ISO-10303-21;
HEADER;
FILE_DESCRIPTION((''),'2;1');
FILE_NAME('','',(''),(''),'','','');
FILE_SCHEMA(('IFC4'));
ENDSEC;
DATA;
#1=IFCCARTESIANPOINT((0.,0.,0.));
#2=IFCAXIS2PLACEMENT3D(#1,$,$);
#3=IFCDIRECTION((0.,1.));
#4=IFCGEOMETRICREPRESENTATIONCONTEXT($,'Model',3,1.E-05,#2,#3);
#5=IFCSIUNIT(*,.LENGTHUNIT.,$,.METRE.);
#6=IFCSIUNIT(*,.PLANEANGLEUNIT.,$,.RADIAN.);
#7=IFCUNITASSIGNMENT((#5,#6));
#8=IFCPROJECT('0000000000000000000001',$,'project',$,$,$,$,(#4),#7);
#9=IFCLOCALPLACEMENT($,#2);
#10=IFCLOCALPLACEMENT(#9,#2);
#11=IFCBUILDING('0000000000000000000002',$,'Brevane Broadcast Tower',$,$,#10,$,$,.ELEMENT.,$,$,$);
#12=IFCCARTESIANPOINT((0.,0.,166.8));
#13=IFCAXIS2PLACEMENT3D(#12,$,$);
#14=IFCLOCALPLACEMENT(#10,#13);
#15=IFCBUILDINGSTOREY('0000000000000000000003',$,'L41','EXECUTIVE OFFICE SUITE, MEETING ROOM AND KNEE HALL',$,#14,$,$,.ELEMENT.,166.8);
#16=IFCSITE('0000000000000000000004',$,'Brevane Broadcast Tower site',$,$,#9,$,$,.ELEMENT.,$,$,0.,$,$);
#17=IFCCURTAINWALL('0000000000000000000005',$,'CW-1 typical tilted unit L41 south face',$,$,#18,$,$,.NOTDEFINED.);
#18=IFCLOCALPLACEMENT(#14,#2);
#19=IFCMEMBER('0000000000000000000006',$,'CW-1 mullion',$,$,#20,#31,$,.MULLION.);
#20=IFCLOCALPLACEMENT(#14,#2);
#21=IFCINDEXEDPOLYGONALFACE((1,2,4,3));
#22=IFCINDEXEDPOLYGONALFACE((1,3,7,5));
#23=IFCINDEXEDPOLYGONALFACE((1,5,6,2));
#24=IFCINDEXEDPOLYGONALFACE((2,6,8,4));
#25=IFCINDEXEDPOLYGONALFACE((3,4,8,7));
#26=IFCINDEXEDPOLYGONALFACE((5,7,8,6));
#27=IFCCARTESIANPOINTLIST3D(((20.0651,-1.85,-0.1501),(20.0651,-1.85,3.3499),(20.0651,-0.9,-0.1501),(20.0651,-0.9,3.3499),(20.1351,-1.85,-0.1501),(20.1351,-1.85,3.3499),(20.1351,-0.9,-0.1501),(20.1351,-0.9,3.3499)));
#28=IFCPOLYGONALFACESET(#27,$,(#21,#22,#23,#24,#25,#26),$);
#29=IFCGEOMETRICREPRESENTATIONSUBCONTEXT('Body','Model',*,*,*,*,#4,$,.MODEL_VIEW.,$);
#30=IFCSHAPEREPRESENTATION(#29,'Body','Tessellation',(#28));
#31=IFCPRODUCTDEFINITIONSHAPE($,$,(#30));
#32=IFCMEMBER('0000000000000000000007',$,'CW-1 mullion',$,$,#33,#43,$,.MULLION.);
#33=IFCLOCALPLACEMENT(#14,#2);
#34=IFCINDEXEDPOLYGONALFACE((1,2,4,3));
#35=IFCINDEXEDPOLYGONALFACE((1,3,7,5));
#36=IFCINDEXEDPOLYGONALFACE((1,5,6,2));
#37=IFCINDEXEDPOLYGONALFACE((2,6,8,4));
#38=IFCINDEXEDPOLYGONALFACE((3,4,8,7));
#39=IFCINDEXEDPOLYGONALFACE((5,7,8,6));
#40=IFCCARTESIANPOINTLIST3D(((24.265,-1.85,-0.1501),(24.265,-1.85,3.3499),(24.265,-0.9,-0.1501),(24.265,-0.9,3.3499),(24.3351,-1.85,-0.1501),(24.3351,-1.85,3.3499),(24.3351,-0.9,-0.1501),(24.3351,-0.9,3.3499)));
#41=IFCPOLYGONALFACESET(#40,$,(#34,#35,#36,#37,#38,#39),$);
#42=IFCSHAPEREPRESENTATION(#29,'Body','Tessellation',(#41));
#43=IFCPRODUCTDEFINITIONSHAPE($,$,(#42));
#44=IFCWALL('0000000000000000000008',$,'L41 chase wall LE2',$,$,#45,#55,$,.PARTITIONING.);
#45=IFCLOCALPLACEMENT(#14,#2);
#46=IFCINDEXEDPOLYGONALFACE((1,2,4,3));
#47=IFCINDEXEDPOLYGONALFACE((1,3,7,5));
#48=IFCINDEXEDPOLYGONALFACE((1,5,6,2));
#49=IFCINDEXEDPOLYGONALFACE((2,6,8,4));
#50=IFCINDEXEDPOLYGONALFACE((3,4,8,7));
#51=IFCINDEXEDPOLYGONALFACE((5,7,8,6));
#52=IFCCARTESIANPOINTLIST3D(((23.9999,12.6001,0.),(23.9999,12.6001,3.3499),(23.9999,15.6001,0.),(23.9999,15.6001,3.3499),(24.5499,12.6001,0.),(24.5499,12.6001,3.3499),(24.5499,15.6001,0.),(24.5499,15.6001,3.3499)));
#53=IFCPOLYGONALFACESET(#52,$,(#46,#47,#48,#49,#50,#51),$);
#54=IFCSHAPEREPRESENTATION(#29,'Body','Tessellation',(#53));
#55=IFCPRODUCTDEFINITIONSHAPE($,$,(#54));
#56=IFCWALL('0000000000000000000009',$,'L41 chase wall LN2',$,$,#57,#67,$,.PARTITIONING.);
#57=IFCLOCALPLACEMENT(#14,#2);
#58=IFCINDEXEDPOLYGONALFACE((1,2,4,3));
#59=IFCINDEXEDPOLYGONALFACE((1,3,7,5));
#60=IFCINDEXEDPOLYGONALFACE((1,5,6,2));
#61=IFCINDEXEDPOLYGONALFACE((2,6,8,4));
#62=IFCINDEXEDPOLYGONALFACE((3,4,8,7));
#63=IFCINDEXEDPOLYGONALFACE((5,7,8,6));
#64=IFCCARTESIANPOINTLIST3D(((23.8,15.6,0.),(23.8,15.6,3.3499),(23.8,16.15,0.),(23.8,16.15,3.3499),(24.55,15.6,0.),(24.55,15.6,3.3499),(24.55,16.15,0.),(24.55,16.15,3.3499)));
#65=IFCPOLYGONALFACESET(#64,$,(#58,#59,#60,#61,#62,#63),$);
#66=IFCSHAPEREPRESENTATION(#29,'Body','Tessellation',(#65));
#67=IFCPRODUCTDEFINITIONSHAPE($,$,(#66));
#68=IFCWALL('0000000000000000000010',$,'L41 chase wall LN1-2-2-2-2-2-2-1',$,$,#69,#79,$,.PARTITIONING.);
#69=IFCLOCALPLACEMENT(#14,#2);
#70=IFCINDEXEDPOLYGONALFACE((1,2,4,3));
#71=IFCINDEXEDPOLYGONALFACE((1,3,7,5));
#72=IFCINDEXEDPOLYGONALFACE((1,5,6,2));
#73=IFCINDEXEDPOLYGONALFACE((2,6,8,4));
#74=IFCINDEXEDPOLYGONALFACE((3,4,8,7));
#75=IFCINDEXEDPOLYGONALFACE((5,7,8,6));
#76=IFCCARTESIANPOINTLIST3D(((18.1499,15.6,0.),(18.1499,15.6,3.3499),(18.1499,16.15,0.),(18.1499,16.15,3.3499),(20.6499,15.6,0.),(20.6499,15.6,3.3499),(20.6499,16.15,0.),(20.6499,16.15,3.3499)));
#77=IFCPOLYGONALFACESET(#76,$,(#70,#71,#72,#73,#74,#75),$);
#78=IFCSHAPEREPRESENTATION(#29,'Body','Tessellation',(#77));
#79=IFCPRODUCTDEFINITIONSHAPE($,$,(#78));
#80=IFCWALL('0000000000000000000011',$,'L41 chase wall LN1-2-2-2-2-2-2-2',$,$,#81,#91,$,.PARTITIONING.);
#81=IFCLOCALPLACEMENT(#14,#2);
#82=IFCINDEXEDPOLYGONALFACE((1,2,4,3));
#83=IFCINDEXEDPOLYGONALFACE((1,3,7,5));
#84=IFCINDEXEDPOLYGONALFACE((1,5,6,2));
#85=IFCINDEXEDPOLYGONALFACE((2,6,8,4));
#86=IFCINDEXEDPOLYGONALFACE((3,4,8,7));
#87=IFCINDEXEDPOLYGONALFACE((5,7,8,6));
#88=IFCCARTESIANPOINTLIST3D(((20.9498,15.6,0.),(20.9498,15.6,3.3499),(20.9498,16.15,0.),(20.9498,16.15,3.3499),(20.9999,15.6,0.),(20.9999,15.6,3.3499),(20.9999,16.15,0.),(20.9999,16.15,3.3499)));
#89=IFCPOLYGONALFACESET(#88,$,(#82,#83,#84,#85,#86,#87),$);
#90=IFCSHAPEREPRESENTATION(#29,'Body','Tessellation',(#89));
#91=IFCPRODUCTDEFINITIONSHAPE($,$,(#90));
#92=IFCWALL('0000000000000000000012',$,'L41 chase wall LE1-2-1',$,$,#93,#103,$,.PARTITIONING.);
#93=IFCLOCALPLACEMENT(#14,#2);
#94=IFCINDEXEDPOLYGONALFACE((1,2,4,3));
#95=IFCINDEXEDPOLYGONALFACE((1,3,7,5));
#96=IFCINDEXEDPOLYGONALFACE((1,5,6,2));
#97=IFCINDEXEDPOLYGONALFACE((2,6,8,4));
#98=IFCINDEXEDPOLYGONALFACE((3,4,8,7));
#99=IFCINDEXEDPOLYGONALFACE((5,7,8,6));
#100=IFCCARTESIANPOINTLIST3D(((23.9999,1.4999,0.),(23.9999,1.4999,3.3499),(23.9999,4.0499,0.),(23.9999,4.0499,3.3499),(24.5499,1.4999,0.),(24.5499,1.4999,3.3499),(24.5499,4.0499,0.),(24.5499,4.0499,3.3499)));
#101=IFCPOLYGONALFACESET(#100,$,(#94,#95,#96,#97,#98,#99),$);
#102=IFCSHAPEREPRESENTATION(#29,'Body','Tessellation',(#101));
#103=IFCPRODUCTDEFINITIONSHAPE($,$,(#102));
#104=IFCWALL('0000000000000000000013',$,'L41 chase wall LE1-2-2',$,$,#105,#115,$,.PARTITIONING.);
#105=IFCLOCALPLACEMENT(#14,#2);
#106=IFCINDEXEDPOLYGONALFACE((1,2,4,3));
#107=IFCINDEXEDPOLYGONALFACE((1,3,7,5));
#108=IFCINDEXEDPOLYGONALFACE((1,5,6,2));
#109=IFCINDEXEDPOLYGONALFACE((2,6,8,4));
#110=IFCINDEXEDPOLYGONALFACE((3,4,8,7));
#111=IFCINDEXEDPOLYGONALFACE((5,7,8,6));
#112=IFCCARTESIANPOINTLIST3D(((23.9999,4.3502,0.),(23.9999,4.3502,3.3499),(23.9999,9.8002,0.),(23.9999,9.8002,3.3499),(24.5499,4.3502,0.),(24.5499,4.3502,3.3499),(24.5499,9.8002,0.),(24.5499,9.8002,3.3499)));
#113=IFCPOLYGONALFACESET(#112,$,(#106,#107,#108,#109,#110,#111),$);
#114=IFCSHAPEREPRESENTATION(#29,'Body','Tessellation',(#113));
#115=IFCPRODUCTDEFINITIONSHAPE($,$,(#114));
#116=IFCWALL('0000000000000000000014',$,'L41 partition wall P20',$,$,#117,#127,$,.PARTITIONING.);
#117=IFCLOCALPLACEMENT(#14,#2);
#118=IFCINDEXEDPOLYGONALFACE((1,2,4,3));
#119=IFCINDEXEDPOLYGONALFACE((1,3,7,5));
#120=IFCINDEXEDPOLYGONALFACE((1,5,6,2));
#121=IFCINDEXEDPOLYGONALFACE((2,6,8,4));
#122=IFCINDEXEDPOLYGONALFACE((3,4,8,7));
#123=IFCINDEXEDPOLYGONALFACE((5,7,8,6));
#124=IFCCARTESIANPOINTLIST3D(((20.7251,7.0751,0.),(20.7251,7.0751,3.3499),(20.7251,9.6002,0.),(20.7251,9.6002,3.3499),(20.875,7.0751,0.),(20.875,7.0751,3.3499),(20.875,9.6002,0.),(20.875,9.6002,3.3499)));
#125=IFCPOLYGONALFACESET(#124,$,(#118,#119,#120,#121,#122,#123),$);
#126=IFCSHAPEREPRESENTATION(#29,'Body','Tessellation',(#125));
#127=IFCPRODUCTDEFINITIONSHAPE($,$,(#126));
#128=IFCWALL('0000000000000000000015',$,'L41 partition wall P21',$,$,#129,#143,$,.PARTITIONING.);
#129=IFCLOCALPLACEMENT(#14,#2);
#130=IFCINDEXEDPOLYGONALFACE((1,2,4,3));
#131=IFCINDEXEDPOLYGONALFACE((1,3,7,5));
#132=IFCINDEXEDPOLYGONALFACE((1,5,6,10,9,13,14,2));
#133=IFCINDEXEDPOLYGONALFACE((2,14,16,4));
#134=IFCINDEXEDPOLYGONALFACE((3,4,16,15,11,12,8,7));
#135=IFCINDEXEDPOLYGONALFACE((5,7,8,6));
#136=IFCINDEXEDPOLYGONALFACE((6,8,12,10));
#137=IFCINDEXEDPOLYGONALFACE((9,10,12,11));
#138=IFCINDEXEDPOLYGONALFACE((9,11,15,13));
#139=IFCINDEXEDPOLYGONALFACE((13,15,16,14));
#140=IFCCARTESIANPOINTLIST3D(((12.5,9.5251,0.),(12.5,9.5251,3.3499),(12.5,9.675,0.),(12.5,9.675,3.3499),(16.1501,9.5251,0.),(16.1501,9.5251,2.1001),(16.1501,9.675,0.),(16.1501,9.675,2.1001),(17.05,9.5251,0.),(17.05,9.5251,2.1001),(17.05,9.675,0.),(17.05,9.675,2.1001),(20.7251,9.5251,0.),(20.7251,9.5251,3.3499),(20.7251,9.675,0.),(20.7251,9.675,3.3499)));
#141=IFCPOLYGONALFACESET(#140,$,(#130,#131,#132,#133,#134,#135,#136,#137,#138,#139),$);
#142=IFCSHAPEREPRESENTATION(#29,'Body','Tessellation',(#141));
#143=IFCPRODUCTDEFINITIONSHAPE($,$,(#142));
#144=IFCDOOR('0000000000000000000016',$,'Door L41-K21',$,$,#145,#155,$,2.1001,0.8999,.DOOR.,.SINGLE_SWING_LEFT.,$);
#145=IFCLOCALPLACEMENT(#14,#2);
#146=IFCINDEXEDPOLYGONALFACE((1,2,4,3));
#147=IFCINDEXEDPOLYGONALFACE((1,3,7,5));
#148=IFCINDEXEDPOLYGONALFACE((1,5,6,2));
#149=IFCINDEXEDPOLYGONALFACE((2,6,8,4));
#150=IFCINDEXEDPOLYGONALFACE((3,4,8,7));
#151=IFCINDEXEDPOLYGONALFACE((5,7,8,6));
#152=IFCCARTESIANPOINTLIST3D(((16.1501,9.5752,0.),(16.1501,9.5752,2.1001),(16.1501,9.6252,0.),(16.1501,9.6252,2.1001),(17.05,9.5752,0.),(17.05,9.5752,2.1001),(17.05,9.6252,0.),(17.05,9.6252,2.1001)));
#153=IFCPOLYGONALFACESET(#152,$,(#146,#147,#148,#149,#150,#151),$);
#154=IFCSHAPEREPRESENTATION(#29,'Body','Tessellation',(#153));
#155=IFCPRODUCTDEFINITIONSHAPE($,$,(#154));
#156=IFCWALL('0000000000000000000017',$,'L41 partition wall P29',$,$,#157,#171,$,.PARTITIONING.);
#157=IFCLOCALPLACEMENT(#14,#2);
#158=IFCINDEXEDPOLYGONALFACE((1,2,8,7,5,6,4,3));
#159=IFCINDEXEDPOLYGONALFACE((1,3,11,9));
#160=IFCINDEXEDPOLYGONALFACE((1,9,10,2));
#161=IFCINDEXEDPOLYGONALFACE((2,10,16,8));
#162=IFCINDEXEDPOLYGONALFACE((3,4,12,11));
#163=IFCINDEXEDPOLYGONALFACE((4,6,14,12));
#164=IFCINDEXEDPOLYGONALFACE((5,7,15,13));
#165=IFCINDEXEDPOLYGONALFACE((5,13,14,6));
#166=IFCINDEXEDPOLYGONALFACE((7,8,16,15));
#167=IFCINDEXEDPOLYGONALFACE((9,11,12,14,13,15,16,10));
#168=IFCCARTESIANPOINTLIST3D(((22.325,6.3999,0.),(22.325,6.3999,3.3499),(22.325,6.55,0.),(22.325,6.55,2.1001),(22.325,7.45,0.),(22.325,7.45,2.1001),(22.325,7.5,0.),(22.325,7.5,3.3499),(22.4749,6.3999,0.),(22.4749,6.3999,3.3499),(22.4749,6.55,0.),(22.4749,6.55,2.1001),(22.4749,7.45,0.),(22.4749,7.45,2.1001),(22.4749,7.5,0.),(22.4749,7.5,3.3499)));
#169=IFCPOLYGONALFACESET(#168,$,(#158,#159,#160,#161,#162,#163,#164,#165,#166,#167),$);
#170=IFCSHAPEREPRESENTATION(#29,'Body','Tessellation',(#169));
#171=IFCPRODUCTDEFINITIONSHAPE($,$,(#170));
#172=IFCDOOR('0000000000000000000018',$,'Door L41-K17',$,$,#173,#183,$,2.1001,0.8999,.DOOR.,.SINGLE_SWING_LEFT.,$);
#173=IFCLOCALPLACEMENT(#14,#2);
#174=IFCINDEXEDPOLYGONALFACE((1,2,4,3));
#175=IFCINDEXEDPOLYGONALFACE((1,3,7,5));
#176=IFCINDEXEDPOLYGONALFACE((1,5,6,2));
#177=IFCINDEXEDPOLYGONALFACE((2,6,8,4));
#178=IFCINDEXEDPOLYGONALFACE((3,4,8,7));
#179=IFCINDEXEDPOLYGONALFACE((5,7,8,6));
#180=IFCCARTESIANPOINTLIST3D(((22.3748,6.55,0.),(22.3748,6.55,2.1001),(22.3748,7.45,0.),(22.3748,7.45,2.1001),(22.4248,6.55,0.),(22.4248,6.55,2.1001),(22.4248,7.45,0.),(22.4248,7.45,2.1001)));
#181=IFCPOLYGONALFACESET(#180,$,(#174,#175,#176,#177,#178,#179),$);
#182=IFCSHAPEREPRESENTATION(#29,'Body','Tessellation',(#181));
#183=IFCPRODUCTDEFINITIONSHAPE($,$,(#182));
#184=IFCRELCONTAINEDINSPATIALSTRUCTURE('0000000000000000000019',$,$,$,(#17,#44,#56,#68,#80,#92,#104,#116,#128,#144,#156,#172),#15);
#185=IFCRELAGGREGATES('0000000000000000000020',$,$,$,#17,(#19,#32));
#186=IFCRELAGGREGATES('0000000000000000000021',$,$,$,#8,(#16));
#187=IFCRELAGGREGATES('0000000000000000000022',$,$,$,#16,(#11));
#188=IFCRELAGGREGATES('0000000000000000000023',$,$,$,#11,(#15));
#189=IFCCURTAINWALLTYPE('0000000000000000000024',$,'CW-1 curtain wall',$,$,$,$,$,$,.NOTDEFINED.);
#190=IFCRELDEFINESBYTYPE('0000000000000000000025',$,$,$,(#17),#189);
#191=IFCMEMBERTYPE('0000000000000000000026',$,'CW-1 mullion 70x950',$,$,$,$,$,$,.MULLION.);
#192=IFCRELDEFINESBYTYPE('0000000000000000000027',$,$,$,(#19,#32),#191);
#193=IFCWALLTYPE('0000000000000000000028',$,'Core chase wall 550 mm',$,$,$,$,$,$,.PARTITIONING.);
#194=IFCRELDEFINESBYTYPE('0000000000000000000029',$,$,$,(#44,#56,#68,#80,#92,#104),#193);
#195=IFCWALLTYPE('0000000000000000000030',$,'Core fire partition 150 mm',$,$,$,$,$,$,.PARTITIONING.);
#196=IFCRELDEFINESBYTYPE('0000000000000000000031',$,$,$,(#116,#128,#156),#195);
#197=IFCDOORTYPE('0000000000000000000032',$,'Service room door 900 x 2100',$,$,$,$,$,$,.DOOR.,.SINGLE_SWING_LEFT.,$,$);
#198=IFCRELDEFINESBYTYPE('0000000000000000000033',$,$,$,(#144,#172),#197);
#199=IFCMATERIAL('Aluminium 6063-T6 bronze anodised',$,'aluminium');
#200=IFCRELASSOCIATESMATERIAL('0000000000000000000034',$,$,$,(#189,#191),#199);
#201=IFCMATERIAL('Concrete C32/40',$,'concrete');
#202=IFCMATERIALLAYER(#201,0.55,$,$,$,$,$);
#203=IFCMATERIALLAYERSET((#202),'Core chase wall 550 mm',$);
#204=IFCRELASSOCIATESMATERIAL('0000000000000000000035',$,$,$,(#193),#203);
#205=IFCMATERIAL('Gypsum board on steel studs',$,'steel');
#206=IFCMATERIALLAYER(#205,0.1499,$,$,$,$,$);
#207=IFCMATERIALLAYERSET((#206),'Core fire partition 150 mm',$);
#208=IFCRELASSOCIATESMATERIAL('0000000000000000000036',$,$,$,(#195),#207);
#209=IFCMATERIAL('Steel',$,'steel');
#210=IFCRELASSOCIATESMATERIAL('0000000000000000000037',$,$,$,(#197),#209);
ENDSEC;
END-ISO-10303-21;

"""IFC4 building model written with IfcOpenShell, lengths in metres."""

from ifc_helpers import new_model, si_unit, direction, frame, frame_2d, origin, origin_2d, place, context, subcontext, project, spatial, rectangle, extrude, material, layer, layer_set, material_profile, profile_set, type_object, element, fill, aggregate, save


model = new_model("IFC4")

# Units and contexts
model_context = context("Model", 3, precision=1e-05, world=origin(), true_north=direction((0.0, 1.0)))
body_context = subcontext(model_context, "Body", "Model", "MODEL_VIEW")
ifc_project = project(units=[si_unit("LENGTHUNIT", "METRE"), si_unit("PLANEANGLEUNIT", "RADIAN")], contexts=[model_context])

# Site, building, storey
site_placement = place(None, origin())
site = spatial("IfcSite", under=ifc_project, at=site_placement, Name="Brevane Broadcast Tower site", CompositionType="ELEMENT", RefElevation=0.0)
building_placement = place(site_placement, origin())
building = spatial("IfcBuilding", under=site, at=building_placement, Name="Brevane Broadcast Tower", CompositionType="ELEMENT")
storey_placement = place(building_placement, frame((0.0, 0.0, 166.8)))
storey = spatial("IfcBuildingStorey", under=building, at=storey_placement, Name="L41", Description="EXECUTIVE OFFICE SUITE, MEETING ROOM AND KNEE HALL", CompositionType="ELEMENT", Elevation=166.8)

# Curtain wall, members
ifc_material_1 = material(Name="Aluminium 6063-T6 bronze anodised", Category="aluminium")
curtain_wall_type = type_object("IfcCurtainWallType", Name="CW-1 curtain wall", PredefinedType="NOTDEFINED", material=ifc_material_1)
curtain_wall_placement = place(storey_placement, origin())
curtain_wall = element("IfcCurtainWall", 1, at=curtain_wall_placement, inside=storey, type_object=curtain_wall_type, Name="CW-1 typical tilted unit L41 south face", PredefinedType="NOTDEFINED")
ifc_material_profile = material_profile(ifc_material_1, rectangle(XDim=0.95, YDim=0.0701, at=origin_2d()), Name="RECT 70x950")
ifc_profile_set = profile_set([ifc_material_profile], Name="Aluminium 6063-T6 bronze anodised")
member_type = type_object("IfcMemberType", Name="CW-1 mullion 70x950", PredefinedType="MULLION", material=ifc_profile_set)
member_1_placement = place(storey_placement, frame((20.1001, -1.375, -0.1501), z_axis=(0.0, 0.0, 1.0), x_axis=(0.0, 1.0, 0.0)))
member_1 = element("IfcMember", 2, at=member_1_placement, type_object=member_type, Name="CW-1 mullion", PredefinedType="MULLION", context=body_context, shape_type="SweptSolid", body=[
    extrude(rectangle(XDim=0.95, YDim=0.0701, at=origin_2d()), origin(), (0.0, 0.0, 1.0), 3.5),
])
member_2_placement = place(storey_placement, frame((24.3, -1.375, -0.1501), z_axis=(0.0, 0.0, 1.0), x_axis=(0.0, 1.0, 0.0)))
member_2 = element("IfcMember", 3, at=member_2_placement, type_object=member_type, Name="CW-1 mullion", PredefinedType="MULLION", context=body_context, shape_type="SweptSolid", body=[
    extrude(rectangle(XDim=0.95, YDim=0.0701, at=origin_2d()), origin(), (0.0, 0.0, 1.0), 3.5),
])
aggregate(curtain_wall, [member_1, member_2])

# Walls
ifc_material_2 = material(Name="Concrete C32/40", Category="concrete")
ifc_layer_1 = layer(ifc_material_2, 0.55)
ifc_layer_set_1 = layer_set([ifc_layer_1], Name="Core chase wall 550 mm")
wall_type_1 = type_object("IfcWallType", Name="Core chase wall 550 mm", PredefinedType="PARTITIONING", material=ifc_layer_set_1)
wall_1_placement = place(storey_placement, frame((24.2749, 12.6001, 0.0), z_axis=(0.0, 0.0, 1.0), x_axis=(0.0, 1.0, 0.0)))
element("IfcWall", 4, at=wall_1_placement, inside=storey, type_object=wall_type_1, Name="L41 chase wall LE2", PredefinedType="PARTITIONING", context=body_context, shape_type="SweptSolid", body=[
    extrude(rectangle(XDim=3.0, YDim=0.55, at=frame_2d((1.5, 0.0))), origin(), (0.0, 0.0, 1.0), 3.3499),
])
wall_2_placement = place(storey_placement, frame((23.8, 15.875, 0.0), z_axis=(0.0, 0.0, 1.0), x_axis=(1.0, 0.0, 0.0)))
element("IfcWall", 5, at=wall_2_placement, inside=storey, type_object=wall_type_1, Name="L41 chase wall LN2", PredefinedType="PARTITIONING", context=body_context, shape_type="SweptSolid", body=[
    extrude(rectangle(XDim=0.75, YDim=0.55, at=frame_2d((0.375, 0.0))), origin(), (0.0, 0.0, 1.0), 3.3499),
])
wall_3_placement = place(storey_placement, frame((18.1499, 15.875, 0.0), z_axis=(0.0, 0.0, 1.0), x_axis=(1.0, 0.0, 0.0)))
element("IfcWall", 6, at=wall_3_placement, inside=storey, type_object=wall_type_1, Name="L41 chase wall LN1-2-2-2-2-2-2-1", PredefinedType="PARTITIONING", context=body_context, shape_type="SweptSolid", body=[
    extrude(rectangle(XDim=2.5, YDim=0.55, at=frame_2d((1.25, 0.0))), origin(), (0.0, 0.0, 1.0), 3.3499),
])
wall_4_placement = place(storey_placement, frame((20.95, 15.875, 0.0), z_axis=(0.0, 0.0, 1.0), x_axis=(1.0, 0.0, 0.0)))
element("IfcWall", 7, at=wall_4_placement, inside=storey, type_object=wall_type_1, Name="L41 chase wall LN1-2-2-2-2-2-2-2", PredefinedType="PARTITIONING", context=body_context, shape_type="SweptSolid", body=[
    extrude(rectangle(XDim=0.05, YDim=0.55, at=frame_2d((0.0249, 0.0))), origin(), (0.0, 0.0, 1.0), 3.3499),
])
wall_5_placement = place(storey_placement, frame((24.2749, 1.5, 0.0), z_axis=(0.0, 0.0, 1.0), x_axis=(0.0, 1.0, 0.0)))
element("IfcWall", 8, at=wall_5_placement, inside=storey, type_object=wall_type_1, Name="L41 chase wall LE1-2-1", PredefinedType="PARTITIONING", context=body_context, shape_type="SweptSolid", body=[
    extrude(rectangle(XDim=2.55, YDim=0.55, at=frame_2d((1.2749, 0.0))), origin(), (0.0, 0.0, 1.0), 3.3499),
])
wall_6_placement = place(storey_placement, frame((24.2749, 4.3501, 0.0), z_axis=(0.0, 0.0, 1.0), x_axis=(0.0, 1.0, 0.0)))
element("IfcWall", 9, at=wall_6_placement, inside=storey, type_object=wall_type_1, Name="L41 chase wall LE1-2-2", PredefinedType="PARTITIONING", context=body_context, shape_type="SweptSolid", body=[
    extrude(rectangle(XDim=5.45, YDim=0.55, at=frame_2d((2.7251, 0.0))), origin(), (0.0, 0.0, 1.0), 3.3499),
])
ifc_material_3 = material(Name="Gypsum board on steel studs", Category="steel")
ifc_layer_2 = layer(ifc_material_3, 0.1499)
ifc_layer_set_2 = layer_set([ifc_layer_2], Name="Core fire partition 150 mm")
wall_type_2 = type_object("IfcWallType", Name="Core fire partition 150 mm", PredefinedType="PARTITIONING", material=ifc_layer_set_2)
wall_7_placement = place(storey_placement, frame((20.8, 7.075, 0.0), z_axis=(0.0, 0.0, 1.0), x_axis=(0.0, 1.0, 0.0)))
element("IfcWall", 10, at=wall_7_placement, inside=storey, type_object=wall_type_2, Name="L41 partition wall P20", PredefinedType="PARTITIONING", context=body_context, shape_type="SweptSolid", body=[
    extrude(rectangle(XDim=2.5251, YDim=0.1499, at=frame_2d((1.2627, 0.0))), origin(), (0.0, 0.0, 1.0), 3.3499),
])

# Walls, openings, doors
wall_8_placement = place(storey_placement, frame((20.7251, 9.6001, 0.0), z_axis=(0.0, 0.0, 1.0), x_axis=(-1.0, 0.0, 0.0)))
wall_8 = element("IfcWall", 11, at=wall_8_placement, inside=storey, type_object=wall_type_2, Name="L41 partition wall P21", PredefinedType="PARTITIONING", context=body_context, shape_type="SweptSolid", body=[
    extrude(rectangle(XDim=8.2251, YDim=0.1499, at=frame_2d((4.1125, 0.0))), origin(), (0.0, 0.0, 1.0), 3.3499),
])
opening_1_placement = place(wall_8_placement, frame((3.675, 0.0, 0.0)))
opening_1 = element("IfcOpeningElement", 12, at=opening_1_placement, cuts=wall_8, PredefinedType="OPENING", context=body_context, shape_type="SweptSolid", body=[
    extrude(rectangle(XDim=0.8999, YDim=2.1001, at=frame_2d((0.45, 1.05))), frame((0.0, 0.085, 0.0), z_axis=(0.0, -1.0, 0.0), x_axis=(1.0, 0.0, 0.0)), (0.0, 0.0, 1.0), 0.1699),
])
ifc_material_4 = material(Name="Steel", Category="steel")
door_type_1 = type_object("IfcDoorType", Name="Service room door 900 x 2100", OperationType="SINGLE_SWING_LEFT", PredefinedType="DOOR", material=ifc_material_4)
door_1_placement = place(opening_1_placement, origin())
door_1 = element("IfcDoor", 13, at=door_1_placement, inside=storey, type_object=door_type_1, Name="Door L41-K21", OperationType="SINGLE_SWING_LEFT", OverallHeight=2.1001, OverallWidth=0.8999, PredefinedType="DOOR", context=body_context, shape_type="SweptSolid", body=[
    extrude(rectangle(XDim=0.8999, YDim=2.1001, at=frame_2d((0.45, 1.05))), frame((0.0, 0.0249, 0.0), z_axis=(0.0, -1.0, 0.0), x_axis=(1.0, 0.0, 0.0)), (0.0, 0.0, 1.0), 0.05),
])
fill(opening_1, door_1)
wall_9_placement = place(storey_placement, frame((22.3999, 7.5, 0.0), z_axis=(0.0, 0.0, 1.0), x_axis=(0.0, -1.0, 0.0)))
wall_9 = element("IfcWall", 14, at=wall_9_placement, inside=storey, type_object=wall_type_2, Name="L41 partition wall P29", PredefinedType="PARTITIONING", context=body_context, shape_type="SweptSolid", body=[
    extrude(rectangle(XDim=1.1001, YDim=0.1499, at=frame_2d((0.55, 0.0))), origin(), (0.0, 0.0, 1.0), 3.3499),
])
opening_2_placement = place(wall_9_placement, frame((0.05, 0.0, 0.0)))
opening_2 = element("IfcOpeningElement", 15, at=opening_2_placement, cuts=wall_9, PredefinedType="OPENING", context=body_context, shape_type="SweptSolid", body=[
    extrude(rectangle(XDim=0.8999, YDim=2.1001, at=frame_2d((0.45, 1.05))), frame((0.0, 0.085, 0.0), z_axis=(0.0, -1.0, 0.0), x_axis=(1.0, 0.0, 0.0)), (0.0, 0.0, 1.0), 0.1699),
])
door_2_placement = place(opening_2_placement, origin())
door_2 = element("IfcDoor", 16, at=door_2_placement, inside=storey, type_object=door_type_1, Name="Door L41-K17", OperationType="SINGLE_SWING_LEFT", OverallHeight=2.1001, OverallWidth=0.8999, PredefinedType="DOOR", context=body_context, shape_type="SweptSolid", body=[
    extrude(rectangle(XDim=0.8999, YDim=2.1001, at=frame_2d((0.45, 1.05))), frame((0.0, 0.0249, 0.0), z_axis=(0.0, -1.0, 0.0), x_axis=(1.0, 0.0, 0.0)), (0.0, 0.0, 1.0), 0.05),
])
fill(opening_2, door_2)

save(model, "model.ifc")
